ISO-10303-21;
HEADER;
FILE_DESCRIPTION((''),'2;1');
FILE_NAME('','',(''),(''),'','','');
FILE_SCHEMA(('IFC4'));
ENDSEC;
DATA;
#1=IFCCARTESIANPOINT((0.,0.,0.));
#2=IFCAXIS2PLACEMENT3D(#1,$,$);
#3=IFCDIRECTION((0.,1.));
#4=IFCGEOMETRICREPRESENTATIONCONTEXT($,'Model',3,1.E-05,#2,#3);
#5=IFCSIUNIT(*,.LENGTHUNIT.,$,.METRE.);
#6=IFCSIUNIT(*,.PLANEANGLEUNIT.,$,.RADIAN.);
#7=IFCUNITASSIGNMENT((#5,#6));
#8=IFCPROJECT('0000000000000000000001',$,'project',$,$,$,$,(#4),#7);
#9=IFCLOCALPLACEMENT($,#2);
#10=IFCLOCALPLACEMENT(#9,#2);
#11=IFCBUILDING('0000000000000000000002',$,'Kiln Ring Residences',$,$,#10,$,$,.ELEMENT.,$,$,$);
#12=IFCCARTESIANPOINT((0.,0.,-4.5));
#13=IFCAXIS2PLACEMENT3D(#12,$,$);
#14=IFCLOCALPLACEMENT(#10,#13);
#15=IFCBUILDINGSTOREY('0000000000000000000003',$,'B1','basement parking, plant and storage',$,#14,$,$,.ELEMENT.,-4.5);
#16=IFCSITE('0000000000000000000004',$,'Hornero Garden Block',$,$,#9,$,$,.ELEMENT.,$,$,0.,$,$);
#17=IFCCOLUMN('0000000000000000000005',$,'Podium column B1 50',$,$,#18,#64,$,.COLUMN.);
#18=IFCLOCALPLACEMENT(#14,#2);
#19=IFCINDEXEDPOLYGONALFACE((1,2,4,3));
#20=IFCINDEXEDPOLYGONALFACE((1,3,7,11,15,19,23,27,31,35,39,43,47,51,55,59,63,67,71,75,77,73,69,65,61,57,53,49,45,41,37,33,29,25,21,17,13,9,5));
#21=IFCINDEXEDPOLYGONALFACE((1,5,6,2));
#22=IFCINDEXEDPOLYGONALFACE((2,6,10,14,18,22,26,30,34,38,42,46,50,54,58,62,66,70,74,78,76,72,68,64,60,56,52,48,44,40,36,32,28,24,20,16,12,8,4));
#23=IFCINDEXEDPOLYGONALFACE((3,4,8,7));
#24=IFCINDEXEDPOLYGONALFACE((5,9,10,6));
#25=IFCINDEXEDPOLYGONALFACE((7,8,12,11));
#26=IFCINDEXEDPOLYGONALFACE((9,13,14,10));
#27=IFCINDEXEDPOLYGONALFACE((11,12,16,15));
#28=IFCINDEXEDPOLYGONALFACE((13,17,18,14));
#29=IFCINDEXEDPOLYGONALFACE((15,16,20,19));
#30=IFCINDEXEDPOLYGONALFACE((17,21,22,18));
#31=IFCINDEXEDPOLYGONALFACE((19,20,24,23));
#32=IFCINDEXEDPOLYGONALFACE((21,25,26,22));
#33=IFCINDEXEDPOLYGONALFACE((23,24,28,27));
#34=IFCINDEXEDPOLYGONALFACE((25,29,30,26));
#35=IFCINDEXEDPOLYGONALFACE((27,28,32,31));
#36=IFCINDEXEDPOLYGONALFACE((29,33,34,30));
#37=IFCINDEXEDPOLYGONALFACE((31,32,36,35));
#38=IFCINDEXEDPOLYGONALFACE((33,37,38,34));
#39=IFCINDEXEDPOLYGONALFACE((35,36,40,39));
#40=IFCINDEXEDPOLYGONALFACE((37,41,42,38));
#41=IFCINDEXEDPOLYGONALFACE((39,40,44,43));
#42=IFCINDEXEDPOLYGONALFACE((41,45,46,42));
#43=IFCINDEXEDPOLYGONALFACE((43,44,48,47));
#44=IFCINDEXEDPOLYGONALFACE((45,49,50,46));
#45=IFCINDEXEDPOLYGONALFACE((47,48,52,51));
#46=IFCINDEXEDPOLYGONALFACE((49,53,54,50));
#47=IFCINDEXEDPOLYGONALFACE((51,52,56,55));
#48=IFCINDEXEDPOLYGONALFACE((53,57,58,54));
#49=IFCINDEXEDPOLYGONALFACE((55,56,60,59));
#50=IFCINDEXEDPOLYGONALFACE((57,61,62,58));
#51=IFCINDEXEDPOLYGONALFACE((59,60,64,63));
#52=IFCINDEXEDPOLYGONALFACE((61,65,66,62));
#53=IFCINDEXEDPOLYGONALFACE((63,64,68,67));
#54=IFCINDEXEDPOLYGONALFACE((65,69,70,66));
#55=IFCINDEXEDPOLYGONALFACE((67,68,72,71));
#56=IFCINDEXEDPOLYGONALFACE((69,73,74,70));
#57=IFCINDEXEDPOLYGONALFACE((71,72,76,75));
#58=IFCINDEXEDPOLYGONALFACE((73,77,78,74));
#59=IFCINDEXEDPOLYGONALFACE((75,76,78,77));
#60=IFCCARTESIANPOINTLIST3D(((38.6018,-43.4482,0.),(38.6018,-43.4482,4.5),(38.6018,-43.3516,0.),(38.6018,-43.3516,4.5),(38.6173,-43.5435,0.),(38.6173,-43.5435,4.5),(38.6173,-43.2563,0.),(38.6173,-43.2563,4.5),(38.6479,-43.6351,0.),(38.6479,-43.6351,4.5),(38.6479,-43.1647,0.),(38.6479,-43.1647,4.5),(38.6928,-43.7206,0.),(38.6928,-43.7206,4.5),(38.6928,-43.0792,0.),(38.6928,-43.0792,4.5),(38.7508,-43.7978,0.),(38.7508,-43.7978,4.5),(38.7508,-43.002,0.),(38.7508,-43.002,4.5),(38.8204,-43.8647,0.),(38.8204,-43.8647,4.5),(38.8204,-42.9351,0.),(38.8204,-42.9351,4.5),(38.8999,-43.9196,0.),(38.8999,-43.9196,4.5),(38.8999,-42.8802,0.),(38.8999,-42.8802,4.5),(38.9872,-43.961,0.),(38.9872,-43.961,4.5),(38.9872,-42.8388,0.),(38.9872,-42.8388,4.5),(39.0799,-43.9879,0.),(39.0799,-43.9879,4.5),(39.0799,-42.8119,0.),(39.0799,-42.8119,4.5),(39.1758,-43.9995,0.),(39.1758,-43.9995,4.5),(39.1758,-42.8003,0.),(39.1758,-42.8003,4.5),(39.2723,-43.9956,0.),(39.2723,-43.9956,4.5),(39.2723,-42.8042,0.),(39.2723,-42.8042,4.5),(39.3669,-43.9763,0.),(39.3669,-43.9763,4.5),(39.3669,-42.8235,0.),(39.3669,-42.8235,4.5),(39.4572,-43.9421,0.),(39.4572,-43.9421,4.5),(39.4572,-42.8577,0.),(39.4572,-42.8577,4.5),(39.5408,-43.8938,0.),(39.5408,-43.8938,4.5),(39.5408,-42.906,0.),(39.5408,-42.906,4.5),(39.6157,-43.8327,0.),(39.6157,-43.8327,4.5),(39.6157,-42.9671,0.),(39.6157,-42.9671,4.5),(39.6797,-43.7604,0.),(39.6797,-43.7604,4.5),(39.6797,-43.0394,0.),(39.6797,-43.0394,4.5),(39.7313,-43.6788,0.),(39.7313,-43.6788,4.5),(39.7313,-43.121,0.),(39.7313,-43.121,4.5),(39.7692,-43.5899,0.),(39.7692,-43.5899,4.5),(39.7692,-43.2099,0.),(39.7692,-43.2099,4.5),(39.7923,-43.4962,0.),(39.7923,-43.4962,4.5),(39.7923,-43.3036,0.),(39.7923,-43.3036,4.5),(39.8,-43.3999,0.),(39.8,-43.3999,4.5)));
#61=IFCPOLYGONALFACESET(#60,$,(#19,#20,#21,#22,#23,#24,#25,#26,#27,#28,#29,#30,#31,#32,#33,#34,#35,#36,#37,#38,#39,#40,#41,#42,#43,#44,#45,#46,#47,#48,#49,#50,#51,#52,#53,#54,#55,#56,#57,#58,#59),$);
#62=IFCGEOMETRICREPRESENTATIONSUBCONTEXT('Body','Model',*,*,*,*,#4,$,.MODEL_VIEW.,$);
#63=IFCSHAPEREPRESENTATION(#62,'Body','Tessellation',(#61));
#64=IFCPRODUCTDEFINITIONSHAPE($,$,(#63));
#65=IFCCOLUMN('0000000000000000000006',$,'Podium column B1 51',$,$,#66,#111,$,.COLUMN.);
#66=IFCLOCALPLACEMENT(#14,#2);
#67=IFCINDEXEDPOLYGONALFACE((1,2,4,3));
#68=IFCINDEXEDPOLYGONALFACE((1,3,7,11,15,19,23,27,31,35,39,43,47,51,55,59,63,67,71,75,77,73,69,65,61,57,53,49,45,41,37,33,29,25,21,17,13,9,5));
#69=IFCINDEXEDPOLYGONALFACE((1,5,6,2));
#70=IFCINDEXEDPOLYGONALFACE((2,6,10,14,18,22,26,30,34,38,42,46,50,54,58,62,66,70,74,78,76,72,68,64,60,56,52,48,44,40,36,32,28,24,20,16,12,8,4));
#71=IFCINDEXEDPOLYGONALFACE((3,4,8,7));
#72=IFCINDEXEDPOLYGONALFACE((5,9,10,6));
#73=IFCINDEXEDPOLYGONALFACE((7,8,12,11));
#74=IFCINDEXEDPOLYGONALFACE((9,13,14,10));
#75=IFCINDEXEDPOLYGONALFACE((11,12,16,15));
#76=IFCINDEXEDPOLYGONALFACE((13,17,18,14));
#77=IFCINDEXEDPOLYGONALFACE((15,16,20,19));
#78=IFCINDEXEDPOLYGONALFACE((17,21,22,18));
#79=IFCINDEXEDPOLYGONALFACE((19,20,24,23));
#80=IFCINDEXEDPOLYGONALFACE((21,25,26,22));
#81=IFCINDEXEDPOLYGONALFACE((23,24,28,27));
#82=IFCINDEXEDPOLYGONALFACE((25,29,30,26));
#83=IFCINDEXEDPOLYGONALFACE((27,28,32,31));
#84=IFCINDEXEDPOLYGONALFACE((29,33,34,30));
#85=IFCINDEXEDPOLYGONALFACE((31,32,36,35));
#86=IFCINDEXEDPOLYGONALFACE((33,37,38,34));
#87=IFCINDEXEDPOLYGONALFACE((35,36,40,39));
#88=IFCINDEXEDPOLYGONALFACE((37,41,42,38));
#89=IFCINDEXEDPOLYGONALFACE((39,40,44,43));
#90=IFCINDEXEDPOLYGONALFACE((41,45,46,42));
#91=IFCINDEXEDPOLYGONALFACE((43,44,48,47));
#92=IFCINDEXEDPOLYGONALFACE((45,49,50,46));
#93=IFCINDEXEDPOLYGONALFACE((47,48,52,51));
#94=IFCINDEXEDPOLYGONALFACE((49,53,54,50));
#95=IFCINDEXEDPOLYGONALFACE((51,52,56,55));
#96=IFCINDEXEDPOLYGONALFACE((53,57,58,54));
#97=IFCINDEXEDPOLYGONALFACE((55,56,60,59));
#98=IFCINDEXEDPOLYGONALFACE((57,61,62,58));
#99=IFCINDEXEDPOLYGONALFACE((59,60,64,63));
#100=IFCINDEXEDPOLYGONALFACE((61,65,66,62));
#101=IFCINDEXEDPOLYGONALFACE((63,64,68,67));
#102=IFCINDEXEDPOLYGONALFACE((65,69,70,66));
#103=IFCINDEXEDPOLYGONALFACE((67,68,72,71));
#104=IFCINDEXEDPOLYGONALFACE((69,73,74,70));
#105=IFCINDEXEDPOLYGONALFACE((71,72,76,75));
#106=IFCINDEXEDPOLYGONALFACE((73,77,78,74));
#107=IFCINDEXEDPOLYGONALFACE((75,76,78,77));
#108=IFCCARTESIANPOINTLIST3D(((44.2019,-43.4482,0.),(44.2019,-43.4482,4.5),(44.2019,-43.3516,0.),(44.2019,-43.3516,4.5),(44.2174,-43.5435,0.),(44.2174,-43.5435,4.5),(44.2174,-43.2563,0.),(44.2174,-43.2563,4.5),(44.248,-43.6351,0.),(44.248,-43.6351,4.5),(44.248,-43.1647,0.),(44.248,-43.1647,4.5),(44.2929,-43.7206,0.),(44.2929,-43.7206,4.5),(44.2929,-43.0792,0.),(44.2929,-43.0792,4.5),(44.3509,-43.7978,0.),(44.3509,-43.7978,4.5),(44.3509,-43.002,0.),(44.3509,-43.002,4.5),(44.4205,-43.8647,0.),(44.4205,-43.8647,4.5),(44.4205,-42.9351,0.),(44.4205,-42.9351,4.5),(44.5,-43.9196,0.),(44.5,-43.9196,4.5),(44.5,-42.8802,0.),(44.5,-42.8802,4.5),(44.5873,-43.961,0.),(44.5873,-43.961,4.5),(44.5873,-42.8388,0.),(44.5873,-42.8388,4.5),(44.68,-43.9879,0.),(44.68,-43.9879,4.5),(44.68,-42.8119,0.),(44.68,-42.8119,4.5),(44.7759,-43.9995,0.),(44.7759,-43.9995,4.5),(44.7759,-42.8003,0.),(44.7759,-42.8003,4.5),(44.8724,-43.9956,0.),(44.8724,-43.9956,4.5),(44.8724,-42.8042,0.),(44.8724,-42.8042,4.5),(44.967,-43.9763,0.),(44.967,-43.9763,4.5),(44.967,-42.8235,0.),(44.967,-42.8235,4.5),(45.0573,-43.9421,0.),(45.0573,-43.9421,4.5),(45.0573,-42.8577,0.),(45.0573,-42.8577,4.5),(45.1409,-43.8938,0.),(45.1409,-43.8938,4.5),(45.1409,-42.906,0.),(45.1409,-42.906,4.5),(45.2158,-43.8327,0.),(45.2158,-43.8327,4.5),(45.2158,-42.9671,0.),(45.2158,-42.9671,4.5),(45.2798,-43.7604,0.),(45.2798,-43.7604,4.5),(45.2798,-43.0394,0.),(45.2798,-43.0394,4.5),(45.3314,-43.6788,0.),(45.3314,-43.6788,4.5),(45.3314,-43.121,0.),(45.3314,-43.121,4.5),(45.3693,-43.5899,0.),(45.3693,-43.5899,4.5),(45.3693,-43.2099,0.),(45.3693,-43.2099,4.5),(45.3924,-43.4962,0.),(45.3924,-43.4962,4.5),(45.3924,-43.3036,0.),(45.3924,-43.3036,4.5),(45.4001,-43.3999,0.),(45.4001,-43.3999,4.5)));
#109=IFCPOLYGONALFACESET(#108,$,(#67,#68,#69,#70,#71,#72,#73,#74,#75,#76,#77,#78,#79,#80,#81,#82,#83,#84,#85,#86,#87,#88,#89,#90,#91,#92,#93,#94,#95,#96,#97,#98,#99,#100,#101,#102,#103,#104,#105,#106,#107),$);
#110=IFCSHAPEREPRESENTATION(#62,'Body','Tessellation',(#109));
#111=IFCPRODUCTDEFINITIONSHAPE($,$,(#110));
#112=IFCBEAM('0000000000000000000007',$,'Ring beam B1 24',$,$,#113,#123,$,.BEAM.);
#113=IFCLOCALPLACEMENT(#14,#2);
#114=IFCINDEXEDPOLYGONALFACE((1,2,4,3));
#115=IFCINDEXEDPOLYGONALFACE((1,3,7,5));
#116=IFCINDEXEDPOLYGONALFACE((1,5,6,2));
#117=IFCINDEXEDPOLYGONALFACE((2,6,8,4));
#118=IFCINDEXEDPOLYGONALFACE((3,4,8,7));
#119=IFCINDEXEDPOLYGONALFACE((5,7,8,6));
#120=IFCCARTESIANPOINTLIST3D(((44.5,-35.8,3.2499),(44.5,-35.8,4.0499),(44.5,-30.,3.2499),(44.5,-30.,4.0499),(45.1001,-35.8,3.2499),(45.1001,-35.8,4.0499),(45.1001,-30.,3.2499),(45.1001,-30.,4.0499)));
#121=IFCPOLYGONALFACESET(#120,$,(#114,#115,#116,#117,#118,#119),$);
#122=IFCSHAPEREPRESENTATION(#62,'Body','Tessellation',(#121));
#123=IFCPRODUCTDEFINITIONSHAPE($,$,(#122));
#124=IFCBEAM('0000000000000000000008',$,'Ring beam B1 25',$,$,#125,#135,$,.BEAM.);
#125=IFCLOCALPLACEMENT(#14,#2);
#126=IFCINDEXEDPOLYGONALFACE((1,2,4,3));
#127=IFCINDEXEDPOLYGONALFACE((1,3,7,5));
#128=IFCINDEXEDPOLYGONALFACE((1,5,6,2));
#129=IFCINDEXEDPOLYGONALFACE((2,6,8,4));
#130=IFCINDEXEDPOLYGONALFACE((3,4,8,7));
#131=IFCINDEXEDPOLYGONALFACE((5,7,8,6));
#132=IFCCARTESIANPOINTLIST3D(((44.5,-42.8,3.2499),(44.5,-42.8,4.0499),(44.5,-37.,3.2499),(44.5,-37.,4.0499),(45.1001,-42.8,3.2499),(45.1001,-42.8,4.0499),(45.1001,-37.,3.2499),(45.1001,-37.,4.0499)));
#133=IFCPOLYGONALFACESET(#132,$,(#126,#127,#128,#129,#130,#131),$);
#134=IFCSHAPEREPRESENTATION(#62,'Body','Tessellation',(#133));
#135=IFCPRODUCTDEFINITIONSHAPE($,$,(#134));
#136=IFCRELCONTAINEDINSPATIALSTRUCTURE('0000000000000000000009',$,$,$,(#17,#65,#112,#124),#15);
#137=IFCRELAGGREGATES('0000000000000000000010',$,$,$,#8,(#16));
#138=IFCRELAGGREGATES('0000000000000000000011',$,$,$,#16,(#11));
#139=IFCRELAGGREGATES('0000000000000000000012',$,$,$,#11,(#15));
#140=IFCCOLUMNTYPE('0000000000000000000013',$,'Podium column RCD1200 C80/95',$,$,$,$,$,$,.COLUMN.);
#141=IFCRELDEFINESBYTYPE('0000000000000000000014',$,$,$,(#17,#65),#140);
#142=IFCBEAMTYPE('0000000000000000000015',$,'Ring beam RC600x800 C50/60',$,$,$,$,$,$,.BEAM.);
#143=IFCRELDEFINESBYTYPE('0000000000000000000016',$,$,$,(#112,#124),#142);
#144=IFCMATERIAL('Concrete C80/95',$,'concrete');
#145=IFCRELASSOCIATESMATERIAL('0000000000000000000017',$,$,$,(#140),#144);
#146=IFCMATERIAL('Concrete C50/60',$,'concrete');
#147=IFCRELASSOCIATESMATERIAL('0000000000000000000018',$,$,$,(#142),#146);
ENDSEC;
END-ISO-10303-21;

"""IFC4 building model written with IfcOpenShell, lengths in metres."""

from ifc_helpers import new_model, si_unit, direction, frame, origin, origin_2d, place, context, subcontext, project, spatial, rectangle, circle, extrude, material, material_profile, profile_set, type_object, element, save


model = new_model("IFC4")

# Units and contexts
model_context = context("Model", 3, precision=1e-05, world=origin(), true_north=direction((0.0, 1.0)))
body_context = subcontext(model_context, "Body", "Model", "MODEL_VIEW")
ifc_project = project(units=[si_unit("LENGTHUNIT", "METRE"), si_unit("PLANEANGLEUNIT", "RADIAN")], contexts=[model_context])

# Site, building, storey
site_placement = place(None, origin())
site = spatial("IfcSite", under=ifc_project, at=site_placement, Name="Hornero Garden Block", CompositionType="ELEMENT", RefElevation=0.0)
building_placement = place(site_placement, origin())
building = spatial("IfcBuilding", under=site, at=building_placement, Name="Kiln Ring Residences", CompositionType="ELEMENT")
storey_placement = place(building_placement, frame((0.0, 0.0, -4.5)))
storey = spatial("IfcBuildingStorey", under=building, at=storey_placement, Name="B1", Description="basement parking, plant and storage", CompositionType="ELEMENT", Elevation=-4.5)

# Columns
ifc_material_1 = material(Name="Concrete C80/95", Category="concrete")
ifc_material_profile_1 = material_profile(ifc_material_1, circle(Radius=0.6001, at=origin_2d()), Name="RCD1200")
ifc_profile_set_1 = profile_set([ifc_material_profile_1], Name="Concrete C80/95")
column_type = type_object("IfcColumnType", Name="Podium column RCD1200 C80/95", PredefinedType="COLUMN", material=ifc_profile_set_1)
for number, where, z_axis, x_axis, name in (
    (1, (39.2, -43.3999, 0.0), (0.0, 0.0, 1.0), (1.0, 0.0, 0.0), "Podium column B1 50"),
    (2, (44.8, -43.3999, 0.0), (0.0, 0.0, 1.0), (1.0, 0.0, 0.0), "Podium column B1 51"),
):
    element("IfcColumn", number, at=place(storey_placement, frame(where, z_axis=z_axis, x_axis=x_axis)), inside=storey, type_object=column_type, Name=name, PredefinedType="COLUMN", context=body_context, shape_type="SweptSolid", body=[
        extrude(circle(Radius=0.6001, at=origin_2d()), origin(), (0.0, 0.0, 1.0), 4.5),
    ])

# Beams
ifc_material_2 = material(Name="Concrete C50/60", Category="concrete")
ifc_material_profile_2 = material_profile(ifc_material_2, rectangle(XDim=0.6001, YDim=0.8, at=origin_2d()), Name="RC600x800")
ifc_profile_set_2 = profile_set([ifc_material_profile_2], Name="Concrete C50/60")
beam_type = type_object("IfcBeamType", Name="Ring beam RC600x800 C50/60", PredefinedType="BEAM", material=ifc_profile_set_2)
for number, where, z_axis, x_axis, name in (
    (3, (44.8, -30.0, 3.6499), (0.0, -1.0, 0.0), (1.0, 0.0, 0.0), "Ring beam B1 24"),
    (4, (44.8, -37.0, 3.6499), (0.0, -1.0, 0.0), (1.0, 0.0, 0.0), "Ring beam B1 25"),
):
    element("IfcBeam", number, at=place(storey_placement, frame(where, z_axis=z_axis, x_axis=x_axis)), inside=storey, type_object=beam_type, Name=name, PredefinedType="BEAM", context=body_context, shape_type="SweptSolid", body=[
        extrude(rectangle(XDim=0.6001, YDim=0.8, at=origin_2d()), origin(), (0.0, 0.0, 1.0), 5.8),
    ])

save(model, "model.ifc")
